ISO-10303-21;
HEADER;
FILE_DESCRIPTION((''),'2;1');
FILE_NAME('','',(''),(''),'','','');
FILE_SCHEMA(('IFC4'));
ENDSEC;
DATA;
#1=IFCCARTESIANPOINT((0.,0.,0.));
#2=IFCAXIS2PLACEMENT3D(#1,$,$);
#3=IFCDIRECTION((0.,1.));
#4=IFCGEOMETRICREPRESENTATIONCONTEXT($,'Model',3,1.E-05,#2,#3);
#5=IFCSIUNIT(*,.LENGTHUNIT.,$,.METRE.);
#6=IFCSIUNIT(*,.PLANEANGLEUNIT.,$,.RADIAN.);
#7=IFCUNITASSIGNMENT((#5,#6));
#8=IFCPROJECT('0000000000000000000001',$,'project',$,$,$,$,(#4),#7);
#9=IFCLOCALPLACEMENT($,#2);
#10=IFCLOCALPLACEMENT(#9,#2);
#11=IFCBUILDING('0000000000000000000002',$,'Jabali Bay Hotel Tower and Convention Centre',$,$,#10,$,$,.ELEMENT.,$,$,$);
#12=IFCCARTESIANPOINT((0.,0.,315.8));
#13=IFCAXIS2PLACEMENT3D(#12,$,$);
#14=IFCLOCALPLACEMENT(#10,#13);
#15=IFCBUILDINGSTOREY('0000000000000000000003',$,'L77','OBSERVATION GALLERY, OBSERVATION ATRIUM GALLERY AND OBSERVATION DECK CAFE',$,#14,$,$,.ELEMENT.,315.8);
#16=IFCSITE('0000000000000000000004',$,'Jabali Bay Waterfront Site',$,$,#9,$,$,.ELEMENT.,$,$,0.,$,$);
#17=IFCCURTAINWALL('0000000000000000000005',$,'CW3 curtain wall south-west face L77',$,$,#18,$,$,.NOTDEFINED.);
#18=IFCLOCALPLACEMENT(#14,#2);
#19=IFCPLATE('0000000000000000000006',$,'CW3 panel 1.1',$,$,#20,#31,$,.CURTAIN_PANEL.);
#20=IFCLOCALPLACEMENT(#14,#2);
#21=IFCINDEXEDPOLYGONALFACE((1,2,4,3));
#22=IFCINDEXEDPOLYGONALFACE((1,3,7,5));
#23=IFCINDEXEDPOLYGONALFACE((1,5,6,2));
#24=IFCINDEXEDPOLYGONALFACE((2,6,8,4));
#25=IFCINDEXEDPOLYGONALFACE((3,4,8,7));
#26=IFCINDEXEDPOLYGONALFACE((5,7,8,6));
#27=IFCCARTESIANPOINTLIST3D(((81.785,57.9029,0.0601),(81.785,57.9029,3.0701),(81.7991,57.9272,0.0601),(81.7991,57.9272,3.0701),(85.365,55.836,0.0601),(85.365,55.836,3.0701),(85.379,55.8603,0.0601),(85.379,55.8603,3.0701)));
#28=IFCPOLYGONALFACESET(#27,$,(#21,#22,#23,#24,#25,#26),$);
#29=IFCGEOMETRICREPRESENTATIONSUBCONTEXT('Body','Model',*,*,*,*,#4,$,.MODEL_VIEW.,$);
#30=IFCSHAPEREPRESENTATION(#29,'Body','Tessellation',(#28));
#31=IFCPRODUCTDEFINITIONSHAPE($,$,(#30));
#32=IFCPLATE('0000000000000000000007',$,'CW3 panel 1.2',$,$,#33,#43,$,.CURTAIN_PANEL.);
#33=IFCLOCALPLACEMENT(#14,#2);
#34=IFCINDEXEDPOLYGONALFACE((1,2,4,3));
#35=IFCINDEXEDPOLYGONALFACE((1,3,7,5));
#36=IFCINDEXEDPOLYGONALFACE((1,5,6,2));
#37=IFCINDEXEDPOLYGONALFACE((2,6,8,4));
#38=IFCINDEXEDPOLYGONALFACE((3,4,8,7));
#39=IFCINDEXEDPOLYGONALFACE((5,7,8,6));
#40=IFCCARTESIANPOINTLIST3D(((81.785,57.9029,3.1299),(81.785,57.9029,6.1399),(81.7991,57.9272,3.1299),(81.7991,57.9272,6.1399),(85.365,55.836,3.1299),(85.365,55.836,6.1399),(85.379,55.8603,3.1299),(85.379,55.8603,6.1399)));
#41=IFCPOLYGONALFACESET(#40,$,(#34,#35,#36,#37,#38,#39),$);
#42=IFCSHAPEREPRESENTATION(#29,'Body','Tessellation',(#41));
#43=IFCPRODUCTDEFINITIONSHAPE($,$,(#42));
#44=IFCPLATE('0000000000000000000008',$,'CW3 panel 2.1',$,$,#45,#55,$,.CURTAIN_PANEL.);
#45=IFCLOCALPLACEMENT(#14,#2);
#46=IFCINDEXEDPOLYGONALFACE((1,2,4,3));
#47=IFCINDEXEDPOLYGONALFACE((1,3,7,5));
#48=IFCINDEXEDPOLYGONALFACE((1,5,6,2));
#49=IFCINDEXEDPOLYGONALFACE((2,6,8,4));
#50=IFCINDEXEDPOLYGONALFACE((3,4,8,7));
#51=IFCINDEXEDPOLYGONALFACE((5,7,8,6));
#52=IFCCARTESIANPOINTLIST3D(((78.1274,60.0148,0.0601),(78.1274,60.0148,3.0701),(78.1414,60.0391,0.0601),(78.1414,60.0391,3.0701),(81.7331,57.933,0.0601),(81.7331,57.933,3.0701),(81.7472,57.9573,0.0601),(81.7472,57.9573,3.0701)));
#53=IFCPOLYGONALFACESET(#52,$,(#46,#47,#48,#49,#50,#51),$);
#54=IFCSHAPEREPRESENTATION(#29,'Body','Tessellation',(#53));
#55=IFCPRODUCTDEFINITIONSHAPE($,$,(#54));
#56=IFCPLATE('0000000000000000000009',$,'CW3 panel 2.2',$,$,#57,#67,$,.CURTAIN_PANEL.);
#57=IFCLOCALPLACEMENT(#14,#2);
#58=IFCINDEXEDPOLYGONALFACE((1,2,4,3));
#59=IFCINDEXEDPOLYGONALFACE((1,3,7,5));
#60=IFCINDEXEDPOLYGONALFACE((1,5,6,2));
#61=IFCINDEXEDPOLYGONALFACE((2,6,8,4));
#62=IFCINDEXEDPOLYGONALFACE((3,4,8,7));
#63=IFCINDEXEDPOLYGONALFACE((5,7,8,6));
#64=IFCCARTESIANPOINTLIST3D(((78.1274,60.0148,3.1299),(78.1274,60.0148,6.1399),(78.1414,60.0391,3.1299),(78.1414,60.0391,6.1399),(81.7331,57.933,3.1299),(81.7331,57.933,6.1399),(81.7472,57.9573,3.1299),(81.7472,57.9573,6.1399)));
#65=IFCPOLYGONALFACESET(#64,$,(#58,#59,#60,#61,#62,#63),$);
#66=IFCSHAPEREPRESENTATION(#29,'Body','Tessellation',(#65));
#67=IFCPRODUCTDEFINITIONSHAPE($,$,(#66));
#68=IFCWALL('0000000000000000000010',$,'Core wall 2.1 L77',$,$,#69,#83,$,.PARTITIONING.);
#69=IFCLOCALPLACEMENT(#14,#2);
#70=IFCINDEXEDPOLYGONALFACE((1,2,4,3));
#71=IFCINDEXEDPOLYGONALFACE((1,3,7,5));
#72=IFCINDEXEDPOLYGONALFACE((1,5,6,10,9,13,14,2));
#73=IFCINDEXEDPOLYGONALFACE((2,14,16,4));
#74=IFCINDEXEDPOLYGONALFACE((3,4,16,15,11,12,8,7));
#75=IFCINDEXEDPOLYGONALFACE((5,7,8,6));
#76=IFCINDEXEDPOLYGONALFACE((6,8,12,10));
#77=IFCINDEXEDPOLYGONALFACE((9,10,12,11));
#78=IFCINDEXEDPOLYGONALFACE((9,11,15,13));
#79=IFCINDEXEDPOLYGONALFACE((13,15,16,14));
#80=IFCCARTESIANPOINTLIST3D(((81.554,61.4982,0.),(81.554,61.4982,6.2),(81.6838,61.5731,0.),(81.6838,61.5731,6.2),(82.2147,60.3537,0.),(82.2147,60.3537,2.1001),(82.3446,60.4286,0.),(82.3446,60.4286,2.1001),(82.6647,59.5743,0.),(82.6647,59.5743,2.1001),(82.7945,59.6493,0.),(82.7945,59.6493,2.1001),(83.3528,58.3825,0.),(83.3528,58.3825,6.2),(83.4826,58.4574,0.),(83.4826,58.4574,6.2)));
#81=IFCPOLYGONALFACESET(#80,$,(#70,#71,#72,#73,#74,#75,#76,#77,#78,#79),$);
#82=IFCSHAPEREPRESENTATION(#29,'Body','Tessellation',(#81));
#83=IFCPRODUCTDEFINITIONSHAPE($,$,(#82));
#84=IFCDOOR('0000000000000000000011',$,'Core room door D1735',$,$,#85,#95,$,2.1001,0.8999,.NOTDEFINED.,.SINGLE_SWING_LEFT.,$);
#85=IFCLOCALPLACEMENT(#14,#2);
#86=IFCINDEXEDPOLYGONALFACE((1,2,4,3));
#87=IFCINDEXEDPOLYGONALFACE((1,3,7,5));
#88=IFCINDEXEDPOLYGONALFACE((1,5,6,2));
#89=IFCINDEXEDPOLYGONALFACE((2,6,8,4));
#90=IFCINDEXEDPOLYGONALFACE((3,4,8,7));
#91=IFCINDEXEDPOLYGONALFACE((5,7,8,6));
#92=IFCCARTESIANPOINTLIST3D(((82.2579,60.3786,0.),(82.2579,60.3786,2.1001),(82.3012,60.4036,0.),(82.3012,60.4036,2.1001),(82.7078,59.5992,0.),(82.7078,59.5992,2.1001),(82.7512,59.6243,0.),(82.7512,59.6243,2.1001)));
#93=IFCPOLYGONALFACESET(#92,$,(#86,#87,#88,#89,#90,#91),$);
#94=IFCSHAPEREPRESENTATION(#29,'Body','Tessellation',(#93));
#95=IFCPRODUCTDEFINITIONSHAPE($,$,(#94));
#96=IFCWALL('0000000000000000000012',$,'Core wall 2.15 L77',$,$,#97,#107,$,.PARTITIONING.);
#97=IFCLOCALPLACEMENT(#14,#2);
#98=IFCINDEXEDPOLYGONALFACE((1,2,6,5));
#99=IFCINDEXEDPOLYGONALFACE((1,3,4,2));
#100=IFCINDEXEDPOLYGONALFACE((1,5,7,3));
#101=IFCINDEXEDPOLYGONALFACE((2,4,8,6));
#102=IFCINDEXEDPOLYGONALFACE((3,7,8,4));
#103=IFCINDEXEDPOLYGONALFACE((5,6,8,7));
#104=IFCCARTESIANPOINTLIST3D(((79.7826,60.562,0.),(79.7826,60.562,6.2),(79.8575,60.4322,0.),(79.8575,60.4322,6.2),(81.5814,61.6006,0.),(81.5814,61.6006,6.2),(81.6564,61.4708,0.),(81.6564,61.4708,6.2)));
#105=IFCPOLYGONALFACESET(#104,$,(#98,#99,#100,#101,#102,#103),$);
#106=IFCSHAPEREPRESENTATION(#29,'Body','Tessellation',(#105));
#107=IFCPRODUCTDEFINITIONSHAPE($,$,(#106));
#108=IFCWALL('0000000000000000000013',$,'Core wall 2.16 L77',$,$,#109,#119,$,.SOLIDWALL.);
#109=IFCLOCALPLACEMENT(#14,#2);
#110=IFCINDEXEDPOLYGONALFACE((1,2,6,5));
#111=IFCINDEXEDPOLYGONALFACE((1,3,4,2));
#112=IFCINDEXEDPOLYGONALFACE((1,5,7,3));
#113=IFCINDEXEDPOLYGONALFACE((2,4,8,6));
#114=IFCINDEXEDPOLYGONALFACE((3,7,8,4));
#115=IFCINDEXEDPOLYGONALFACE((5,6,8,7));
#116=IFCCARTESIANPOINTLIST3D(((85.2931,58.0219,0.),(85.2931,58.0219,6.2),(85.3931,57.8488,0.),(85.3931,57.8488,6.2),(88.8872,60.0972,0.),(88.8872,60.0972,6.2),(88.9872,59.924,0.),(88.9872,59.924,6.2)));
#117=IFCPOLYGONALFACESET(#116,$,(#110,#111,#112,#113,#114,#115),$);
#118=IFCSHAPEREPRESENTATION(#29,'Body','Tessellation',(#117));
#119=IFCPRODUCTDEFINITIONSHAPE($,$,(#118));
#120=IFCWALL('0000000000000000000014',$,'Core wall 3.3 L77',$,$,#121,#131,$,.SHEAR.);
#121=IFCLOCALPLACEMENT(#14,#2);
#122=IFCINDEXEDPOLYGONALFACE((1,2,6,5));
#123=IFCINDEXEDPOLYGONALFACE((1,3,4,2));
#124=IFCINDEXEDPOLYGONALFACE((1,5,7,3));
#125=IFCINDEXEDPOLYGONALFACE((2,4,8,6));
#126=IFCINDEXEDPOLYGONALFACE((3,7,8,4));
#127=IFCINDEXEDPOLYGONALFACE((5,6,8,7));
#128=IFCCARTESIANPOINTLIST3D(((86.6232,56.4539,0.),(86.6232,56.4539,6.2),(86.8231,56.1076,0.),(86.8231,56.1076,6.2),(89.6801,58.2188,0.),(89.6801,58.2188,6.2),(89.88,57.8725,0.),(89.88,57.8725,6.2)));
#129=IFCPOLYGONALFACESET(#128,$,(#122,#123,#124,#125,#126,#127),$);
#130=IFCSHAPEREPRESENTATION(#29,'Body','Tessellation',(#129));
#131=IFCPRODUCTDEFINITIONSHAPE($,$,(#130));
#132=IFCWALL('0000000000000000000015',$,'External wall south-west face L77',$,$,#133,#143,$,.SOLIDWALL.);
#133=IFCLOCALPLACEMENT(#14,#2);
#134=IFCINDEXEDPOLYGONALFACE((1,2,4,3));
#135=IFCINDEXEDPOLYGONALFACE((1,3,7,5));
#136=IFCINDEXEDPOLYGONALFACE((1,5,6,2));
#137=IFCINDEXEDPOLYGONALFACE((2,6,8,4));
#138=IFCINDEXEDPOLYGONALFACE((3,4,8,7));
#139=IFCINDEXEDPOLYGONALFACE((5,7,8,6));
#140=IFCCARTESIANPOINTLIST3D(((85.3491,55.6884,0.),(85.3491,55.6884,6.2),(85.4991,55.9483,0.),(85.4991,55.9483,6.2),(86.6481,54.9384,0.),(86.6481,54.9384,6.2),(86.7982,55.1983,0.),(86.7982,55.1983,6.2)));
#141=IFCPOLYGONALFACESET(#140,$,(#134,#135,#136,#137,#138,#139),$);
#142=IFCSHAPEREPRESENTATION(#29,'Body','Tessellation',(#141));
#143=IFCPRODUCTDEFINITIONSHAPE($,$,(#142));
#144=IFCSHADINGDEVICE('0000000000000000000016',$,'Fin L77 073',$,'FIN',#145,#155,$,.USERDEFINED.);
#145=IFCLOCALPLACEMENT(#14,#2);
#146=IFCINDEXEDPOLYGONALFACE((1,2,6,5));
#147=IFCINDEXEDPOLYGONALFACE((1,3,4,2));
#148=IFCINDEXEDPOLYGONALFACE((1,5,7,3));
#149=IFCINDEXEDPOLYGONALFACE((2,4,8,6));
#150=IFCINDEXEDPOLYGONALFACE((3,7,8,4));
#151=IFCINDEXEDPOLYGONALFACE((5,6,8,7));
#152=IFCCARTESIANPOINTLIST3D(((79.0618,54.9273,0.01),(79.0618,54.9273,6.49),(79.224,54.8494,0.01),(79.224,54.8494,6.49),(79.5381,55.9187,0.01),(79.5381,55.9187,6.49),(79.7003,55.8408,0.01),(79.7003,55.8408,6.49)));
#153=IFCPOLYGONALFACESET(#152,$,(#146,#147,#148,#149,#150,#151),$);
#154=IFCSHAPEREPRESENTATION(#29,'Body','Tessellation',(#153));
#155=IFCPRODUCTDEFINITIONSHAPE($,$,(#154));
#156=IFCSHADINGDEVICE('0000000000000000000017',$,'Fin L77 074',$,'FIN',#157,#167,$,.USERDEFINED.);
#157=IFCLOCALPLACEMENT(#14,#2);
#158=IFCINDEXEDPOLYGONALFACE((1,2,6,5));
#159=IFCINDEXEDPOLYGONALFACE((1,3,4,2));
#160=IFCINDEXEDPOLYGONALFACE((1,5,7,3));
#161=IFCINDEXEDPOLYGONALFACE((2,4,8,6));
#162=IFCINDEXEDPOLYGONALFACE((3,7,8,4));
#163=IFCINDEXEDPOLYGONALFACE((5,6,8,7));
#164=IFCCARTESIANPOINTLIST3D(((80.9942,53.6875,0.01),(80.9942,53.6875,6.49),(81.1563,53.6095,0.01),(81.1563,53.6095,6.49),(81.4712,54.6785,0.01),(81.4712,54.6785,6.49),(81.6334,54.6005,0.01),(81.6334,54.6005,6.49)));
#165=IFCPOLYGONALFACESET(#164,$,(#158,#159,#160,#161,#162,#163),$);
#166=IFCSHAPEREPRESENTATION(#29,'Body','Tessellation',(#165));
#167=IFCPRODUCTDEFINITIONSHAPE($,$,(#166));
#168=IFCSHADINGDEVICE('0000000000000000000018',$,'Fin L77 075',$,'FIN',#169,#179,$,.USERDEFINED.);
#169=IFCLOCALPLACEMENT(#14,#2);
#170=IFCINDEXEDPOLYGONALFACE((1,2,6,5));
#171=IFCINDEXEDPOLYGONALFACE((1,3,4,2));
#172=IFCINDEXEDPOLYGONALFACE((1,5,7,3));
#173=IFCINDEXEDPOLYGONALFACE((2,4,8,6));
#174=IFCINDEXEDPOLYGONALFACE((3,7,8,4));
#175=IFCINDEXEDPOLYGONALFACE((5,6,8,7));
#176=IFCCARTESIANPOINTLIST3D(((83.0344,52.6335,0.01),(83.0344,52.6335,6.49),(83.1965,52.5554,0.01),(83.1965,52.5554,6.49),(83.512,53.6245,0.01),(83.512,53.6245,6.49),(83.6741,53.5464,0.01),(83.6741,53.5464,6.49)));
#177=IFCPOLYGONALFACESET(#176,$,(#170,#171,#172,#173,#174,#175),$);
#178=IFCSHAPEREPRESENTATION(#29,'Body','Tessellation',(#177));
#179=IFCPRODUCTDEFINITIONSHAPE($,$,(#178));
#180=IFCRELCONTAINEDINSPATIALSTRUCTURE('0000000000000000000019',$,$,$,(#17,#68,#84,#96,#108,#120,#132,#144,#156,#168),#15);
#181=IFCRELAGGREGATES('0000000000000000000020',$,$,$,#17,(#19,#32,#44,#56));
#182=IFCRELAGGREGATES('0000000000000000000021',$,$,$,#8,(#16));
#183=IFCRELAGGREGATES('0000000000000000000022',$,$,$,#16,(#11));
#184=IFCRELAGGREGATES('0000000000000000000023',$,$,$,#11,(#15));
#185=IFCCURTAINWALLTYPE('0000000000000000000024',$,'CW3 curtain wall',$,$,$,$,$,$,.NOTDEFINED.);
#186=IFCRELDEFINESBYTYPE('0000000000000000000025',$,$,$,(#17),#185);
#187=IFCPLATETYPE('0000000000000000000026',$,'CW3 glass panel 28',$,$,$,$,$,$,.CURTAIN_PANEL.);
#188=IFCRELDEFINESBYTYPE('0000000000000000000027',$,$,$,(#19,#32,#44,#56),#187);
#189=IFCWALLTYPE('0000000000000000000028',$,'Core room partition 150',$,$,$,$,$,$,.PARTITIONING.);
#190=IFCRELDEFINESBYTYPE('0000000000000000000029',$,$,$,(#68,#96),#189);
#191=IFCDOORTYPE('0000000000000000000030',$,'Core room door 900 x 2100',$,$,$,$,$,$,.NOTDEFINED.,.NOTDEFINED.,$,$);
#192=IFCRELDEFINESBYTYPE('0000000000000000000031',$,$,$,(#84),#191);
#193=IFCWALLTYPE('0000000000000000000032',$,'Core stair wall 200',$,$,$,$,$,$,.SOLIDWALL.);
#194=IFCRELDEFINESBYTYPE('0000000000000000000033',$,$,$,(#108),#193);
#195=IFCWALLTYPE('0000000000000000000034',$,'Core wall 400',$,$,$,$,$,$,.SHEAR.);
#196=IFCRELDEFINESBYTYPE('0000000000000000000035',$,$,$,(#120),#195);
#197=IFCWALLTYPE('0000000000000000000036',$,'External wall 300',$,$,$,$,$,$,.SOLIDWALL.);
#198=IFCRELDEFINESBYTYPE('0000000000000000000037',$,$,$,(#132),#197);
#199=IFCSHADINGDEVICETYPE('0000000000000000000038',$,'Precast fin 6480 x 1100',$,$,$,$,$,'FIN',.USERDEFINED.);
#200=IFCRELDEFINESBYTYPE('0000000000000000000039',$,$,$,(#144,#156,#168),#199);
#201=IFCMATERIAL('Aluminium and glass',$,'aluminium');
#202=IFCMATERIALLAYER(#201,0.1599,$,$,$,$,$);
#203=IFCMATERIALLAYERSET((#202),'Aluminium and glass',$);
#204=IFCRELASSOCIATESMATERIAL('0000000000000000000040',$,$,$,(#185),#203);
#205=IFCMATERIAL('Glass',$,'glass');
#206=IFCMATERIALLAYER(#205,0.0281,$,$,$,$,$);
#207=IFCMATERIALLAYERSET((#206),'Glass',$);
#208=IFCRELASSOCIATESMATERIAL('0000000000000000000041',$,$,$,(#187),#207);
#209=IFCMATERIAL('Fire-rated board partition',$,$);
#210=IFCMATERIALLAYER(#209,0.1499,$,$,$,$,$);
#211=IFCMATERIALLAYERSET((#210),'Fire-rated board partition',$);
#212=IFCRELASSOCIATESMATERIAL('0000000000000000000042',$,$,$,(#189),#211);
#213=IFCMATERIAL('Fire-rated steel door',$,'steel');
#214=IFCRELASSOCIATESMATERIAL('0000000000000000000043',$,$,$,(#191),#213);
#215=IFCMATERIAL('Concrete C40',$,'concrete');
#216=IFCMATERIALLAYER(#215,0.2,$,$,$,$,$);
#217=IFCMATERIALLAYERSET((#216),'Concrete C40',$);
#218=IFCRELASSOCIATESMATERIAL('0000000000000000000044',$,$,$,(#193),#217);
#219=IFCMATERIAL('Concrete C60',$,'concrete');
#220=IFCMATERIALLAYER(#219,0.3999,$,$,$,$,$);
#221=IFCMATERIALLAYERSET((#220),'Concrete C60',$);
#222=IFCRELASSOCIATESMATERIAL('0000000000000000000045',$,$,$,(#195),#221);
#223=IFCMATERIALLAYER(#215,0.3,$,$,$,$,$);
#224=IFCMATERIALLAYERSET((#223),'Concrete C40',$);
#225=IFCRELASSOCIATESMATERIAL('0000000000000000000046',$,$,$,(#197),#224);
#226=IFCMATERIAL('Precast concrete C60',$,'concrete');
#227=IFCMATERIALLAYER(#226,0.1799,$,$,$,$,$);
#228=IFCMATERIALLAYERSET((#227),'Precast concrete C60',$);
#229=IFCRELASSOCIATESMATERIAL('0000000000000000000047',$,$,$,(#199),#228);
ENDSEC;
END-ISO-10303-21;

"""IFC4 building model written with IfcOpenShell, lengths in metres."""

from ifc_helpers import new_model, si_unit, direction, frame, frame_2d, origin, origin_2d, place, context, subcontext, project, spatial, rectangle, extrude, material, layer, layer_set, type_object, element, fill, aggregate, save


model = new_model("IFC4")

# Units and contexts
model_context = context("Model", 3, precision=1e-05, world=origin(), true_north=direction((0.0, 1.0)))
body_context = subcontext(model_context, "Body", "Model", "MODEL_VIEW")
ifc_project = project(units=[si_unit("LENGTHUNIT", "METRE"), si_unit("PLANEANGLEUNIT", "RADIAN")], contexts=[model_context])

# Site, building, storey
site_placement = place(None, origin())
site = spatial("IfcSite", under=ifc_project, at=site_placement, Name="Jabali Bay Waterfront Site", CompositionType="ELEMENT", RefElevation=0.0)
building_placement = place(site_placement, origin())
building = spatial("IfcBuilding", under=site, at=building_placement, Name="Jabali Bay Hotel Tower and Convention Centre", CompositionType="ELEMENT")
storey_placement = place(building_placement, frame((0.0, 0.0, 315.8)))
storey = spatial("IfcBuildingStorey", under=building, at=storey_placement, Name="L77", Description="OBSERVATION GALLERY, OBSERVATION ATRIUM GALLERY AND OBSERVATION DECK CAFE", CompositionType="ELEMENT", Elevation=315.8)

# Shared definitions
ifc_material_1 = material(Name="Concrete C60", Category="concrete")

# Curtain wall
ifc_material_2 = material(Name="Aluminium and glass", Category="aluminium")
ifc_layer_1 = layer(ifc_material_2, 0.1599)
ifc_layer_set_1 = layer_set([ifc_layer_1], Name="Aluminium and glass")
curtain_wall_type = type_object("IfcCurtainWallType", Name="CW3 curtain wall", PredefinedType="NOTDEFINED", material=ifc_layer_set_1)
curtain_wall_placement = place(storey_placement, origin())
curtain_wall = element("IfcCurtainWall", 1, at=curtain_wall_placement, inside=storey, type_object=curtain_wall_type, Name="CW3 curtain wall south-west face L77", PredefinedType="NOTDEFINED")

# Plates
ifc_material_3 = material(Name="Glass", Category="glass")
ifc_layer_2 = layer(ifc_material_3, 0.0281)
ifc_layer_set_2 = layer_set([ifc_layer_2], Name="Glass")
plate_type = type_object("IfcPlateType", Name="CW3 glass panel 28", PredefinedType="CURTAIN_PANEL", material=ifc_layer_set_2)
plate_1_placement = place(storey_placement, frame((83.582, 56.8816, 0.0601), z_axis=(0.0, 0.0, 1.0), x_axis=(-0.866025, 0.5, 0.0)))
plate_1 = element("IfcPlate", 2, at=plate_1_placement, type_object=plate_type, Name="CW3 panel 1.1", PredefinedType="CURTAIN_PANEL", context=body_context, shape_type="SweptSolid", body=[
    extrude(rectangle(XDim=4.1338, YDim=0.0281, at=origin_2d()), origin(), (0.0, 0.0, 1.0), 3.01),
])
plate_2_placement = place(storey_placement, frame((83.582, 56.8816, 3.1299), z_axis=(0.0, 0.0, 1.0), x_axis=(-0.866025, 0.5, 0.0)))
plate_2 = element("IfcPlate", 3, at=plate_2_placement, type_object=plate_type, Name="CW3 panel 1.2", PredefinedType="CURTAIN_PANEL", context=body_context, shape_type="SweptSolid", body=[
    extrude(rectangle(XDim=4.1338, YDim=0.0281, at=origin_2d()), origin(), (0.0, 0.0, 1.0), 3.01),
])
plate_3_placement = place(storey_placement, frame((79.9373, 58.9861, 0.0601), z_axis=(0.0, 0.0, 1.0), x_axis=(-0.866025, 0.5, 0.0)))
plate_3 = element("IfcPlate", 4, at=plate_3_placement, type_object=plate_type, Name="CW3 panel 2.1", PredefinedType="CURTAIN_PANEL", context=body_context, shape_type="SweptSolid", body=[
    extrude(rectangle(XDim=4.1636, YDim=0.0281, at=origin_2d()), origin(), (0.0, 0.0, 1.0), 3.01),
])
plate_4_placement = place(storey_placement, frame((79.9373, 58.9861, 3.1299), z_axis=(0.0, 0.0, 1.0), x_axis=(-0.866025, 0.5, 0.0)))
plate_4 = element("IfcPlate", 5, at=plate_4_placement, type_object=plate_type, Name="CW3 panel 2.2", PredefinedType="CURTAIN_PANEL", context=body_context, shape_type="SweptSolid", body=[
    extrude(rectangle(XDim=4.1636, YDim=0.0281, at=origin_2d()), origin(), (0.0, 0.0, 1.0), 3.01),
])
aggregate(curtain_wall, [plate_1, plate_2, plate_3, plate_4])

# Wall, opening, door
ifc_material_4 = material(Name="Fire-rated board partition")
ifc_layer_3 = layer(ifc_material_4, 0.1499)
ifc_layer_set_3 = layer_set([ifc_layer_3], Name="Fire-rated board partition")
wall_type_1 = type_object("IfcWallType", Name="Core room partition 150", PredefinedType="PARTITIONING", material=ifc_layer_set_3)
wall_1_placement = place(storey_placement, frame((81.6189, 61.5356, 0.0), z_axis=(0.0, 0.0, 1.0), x_axis=(0.499993, -0.86603, 0.0)))
wall_1 = element("IfcWall", 6, at=wall_1_placement, inside=storey, type_object=wall_type_1, Name="Core wall 2.1 L77", PredefinedType="PARTITIONING", context=body_context, shape_type="SweptSolid", body=[
    extrude(rectangle(XDim=3.5977, YDim=0.1499, at=frame_2d((1.7988, 0.0))), origin(), (0.0, 0.0, 1.0), 6.2),
])
opening_placement = place(wall_1_placement, frame((1.3215, 0.0, 0.0)))
opening = element("IfcOpeningElement", 7, at=opening_placement, cuts=wall_1, PredefinedType="OPENING", context=body_context, shape_type="SweptSolid", body=[
    extrude(rectangle(XDim=0.8999, YDim=2.1001, at=frame_2d((0.45, 1.05))), frame((0.0, 0.0854, 0.0), z_axis=(0.0, -1.0, 0.0), x_axis=(1.0, 0.0, 0.0)), (0.0, 0.0, 1.0), 0.1709),
])
ifc_material_5 = material(Name="Fire-rated steel door", Category="steel")
door_type = type_object("IfcDoorType", Name="Core room door 900 x 2100", OperationType="NOTDEFINED", PredefinedType="NOTDEFINED", material=ifc_material_5)
door_placement = place(opening_placement, origin())
door = element("IfcDoor", 8, at=door_placement, inside=storey, type_object=door_type, Name="Core room door D1735", OperationType="SINGLE_SWING_LEFT", OverallHeight=2.1001, OverallWidth=0.8999, PredefinedType="NOTDEFINED", context=body_context, shape_type="SweptSolid", body=[
    extrude(rectangle(XDim=0.8999, YDim=2.1001, at=frame_2d((0.45, 1.05))), frame((0.0, 0.0249, 0.0), z_axis=(0.0, -1.0, 0.0), x_axis=(1.0, 0.0, 0.0)), (0.0, 0.0, 1.0), 0.05),
])
fill(opening, door)

# Walls
wall_2_placement = place(storey_placement, frame((79.8201, 60.4971, 0.0), z_axis=(0.0, 0.0, 1.0), x_axis=(0.866021, 0.500007, 0.0)))
element("IfcWall", 9, at=wall_2_placement, inside=storey, type_object=wall_type_1, Name="Core wall 2.15 L77", PredefinedType="PARTITIONING", context=body_context, shape_type="SweptSolid", body=[
    extrude(rectangle(XDim=2.0771, YDim=0.1499, at=frame_2d((1.0386, 0.0))), origin(), (0.0, 0.0, 1.0), 6.2),
])
ifc_material_6 = material(Name="Concrete C40", Category="concrete")
ifc_layer_4 = layer(ifc_material_6, 0.2)
ifc_layer_set_4 = layer_set([ifc_layer_4], Name="Concrete C40")
wall_type_2 = type_object("IfcWallType", Name="Core stair wall 200", PredefinedType="SOLIDWALL", material=ifc_layer_set_4)
wall_3_placement = place(storey_placement, frame((85.343, 57.9353, 0.0), z_axis=(0.0, 0.0, 1.0), x_axis=(0.866004, 0.500036, 0.0)))
element("IfcWall", 10, at=wall_3_placement, inside=storey, type_object=wall_type_2, Name="Core wall 2.16 L77", PredefinedType="SOLIDWALL", context=body_context, shape_type="SweptSolid", body=[
    extrude(rectangle(XDim=4.1501, YDim=0.2, at=frame_2d((2.0752, 0.0))), origin(), (0.0, 0.0, 1.0), 6.2),
])
ifc_layer_5 = layer(ifc_material_1, 0.3999)
ifc_layer_set_5 = layer_set([ifc_layer_5], Name="Concrete C60")
wall_type_3 = type_object("IfcWallType", Name="Core wall 400", PredefinedType="SHEAR", material=ifc_layer_set_5)
wall_4_placement = place(storey_placement, frame((86.7231, 56.2808, 0.0), z_axis=(0.0, 0.0, 1.0), x_axis=(0.866025, 0.5, 0.0)))
element("IfcWall", 11, at=wall_4_placement, inside=storey, type_object=wall_type_3, Name="Core wall 3.3 L77", PredefinedType="SHEAR", context=body_context, shape_type="SweptSolid", body=[
    extrude(rectangle(XDim=3.5298, YDim=0.3999, at=frame_2d((1.7649, 0.0))), origin(), (0.0, 0.0, 1.0), 6.2),
])
ifc_layer_6 = layer(ifc_material_6, 0.3)
ifc_layer_set_6 = layer_set([ifc_layer_6], Name="Concrete C40")
wall_type_4 = type_object("IfcWallType", Name="External wall 300", PredefinedType="SOLIDWALL", material=ifc_layer_set_6)
wall_5_placement = place(storey_placement, frame((86.7231, 55.0684, 0.0), z_axis=(0.0, 0.0, 1.0), x_axis=(-0.866031, 0.49999, 0.0)))
element("IfcWall", 12, at=wall_5_placement, inside=storey, type_object=wall_type_4, Name="External wall south-west face L77", PredefinedType="SOLIDWALL", context=body_context, shape_type="SweptSolid", body=[
    extrude(rectangle(XDim=1.5, YDim=0.3, at=frame_2d((0.75, 0.0))), origin(), (0.0, 0.0, 1.0), 6.2),
])

# Shading devices
ifc_material_7 = material(Name="Precast concrete C60", Category="concrete")
ifc_layer_7 = layer(ifc_material_7, 0.1799)
ifc_layer_set_7 = layer_set([ifc_layer_7], Name="Precast concrete C60")
shading_device_type = type_object("IfcShadingDeviceType", Name="Precast fin 6480 x 1100", ElementType="FIN", PredefinedType="USERDEFINED", material=ifc_layer_set_7)
for number, where, z_axis, x_axis, name in (
    (13, (79.6191, 55.8796, 0.01), (0.0, 0.0, 1.0), (-0.433041, -0.901374, 0.0), "Fin L77 073"),
    (14, (81.5522, 54.6394, 0.01), (0.0, 0.0, 1.0), (-0.433756, -0.901031, 0.0), "Fin L77 074"),
):
    element("IfcShadingDevice", number, at=place(storey_placement, frame(where, z_axis=z_axis, x_axis=x_axis)), inside=storey, type_object=shading_device_type, Name=name, ObjectType="FIN", PredefinedType="USERDEFINED", context=body_context, shape_type="SweptSolid", body=[
        extrude(rectangle(XDim=1.0999, YDim=0.1799, at=frame_2d((0.5498, 0.0))), origin(), (0.0, 0.0, 1.0), 6.48),
    ])
shading_device_1_placement = place(storey_placement, frame((83.593, 53.5854, 0.01), z_axis=(0.0, 0.0, 1.0), x_axis=(-0.434116, -0.900857, 0.0)))
element("IfcShadingDevice", 15, at=shading_device_1_placement, inside=storey, type_object=shading_device_type, Name="Fin L77 075", ObjectType="FIN", PredefinedType="USERDEFINED", context=body_context, shape_type="SweptSolid", body=[
    extrude(rectangle(XDim=1.1001, YDim=0.1799, at=frame_2d((0.55, 0.0))), origin(), (0.0, 0.0, 1.0), 6.48),
])

save(model, "model.ifc")
